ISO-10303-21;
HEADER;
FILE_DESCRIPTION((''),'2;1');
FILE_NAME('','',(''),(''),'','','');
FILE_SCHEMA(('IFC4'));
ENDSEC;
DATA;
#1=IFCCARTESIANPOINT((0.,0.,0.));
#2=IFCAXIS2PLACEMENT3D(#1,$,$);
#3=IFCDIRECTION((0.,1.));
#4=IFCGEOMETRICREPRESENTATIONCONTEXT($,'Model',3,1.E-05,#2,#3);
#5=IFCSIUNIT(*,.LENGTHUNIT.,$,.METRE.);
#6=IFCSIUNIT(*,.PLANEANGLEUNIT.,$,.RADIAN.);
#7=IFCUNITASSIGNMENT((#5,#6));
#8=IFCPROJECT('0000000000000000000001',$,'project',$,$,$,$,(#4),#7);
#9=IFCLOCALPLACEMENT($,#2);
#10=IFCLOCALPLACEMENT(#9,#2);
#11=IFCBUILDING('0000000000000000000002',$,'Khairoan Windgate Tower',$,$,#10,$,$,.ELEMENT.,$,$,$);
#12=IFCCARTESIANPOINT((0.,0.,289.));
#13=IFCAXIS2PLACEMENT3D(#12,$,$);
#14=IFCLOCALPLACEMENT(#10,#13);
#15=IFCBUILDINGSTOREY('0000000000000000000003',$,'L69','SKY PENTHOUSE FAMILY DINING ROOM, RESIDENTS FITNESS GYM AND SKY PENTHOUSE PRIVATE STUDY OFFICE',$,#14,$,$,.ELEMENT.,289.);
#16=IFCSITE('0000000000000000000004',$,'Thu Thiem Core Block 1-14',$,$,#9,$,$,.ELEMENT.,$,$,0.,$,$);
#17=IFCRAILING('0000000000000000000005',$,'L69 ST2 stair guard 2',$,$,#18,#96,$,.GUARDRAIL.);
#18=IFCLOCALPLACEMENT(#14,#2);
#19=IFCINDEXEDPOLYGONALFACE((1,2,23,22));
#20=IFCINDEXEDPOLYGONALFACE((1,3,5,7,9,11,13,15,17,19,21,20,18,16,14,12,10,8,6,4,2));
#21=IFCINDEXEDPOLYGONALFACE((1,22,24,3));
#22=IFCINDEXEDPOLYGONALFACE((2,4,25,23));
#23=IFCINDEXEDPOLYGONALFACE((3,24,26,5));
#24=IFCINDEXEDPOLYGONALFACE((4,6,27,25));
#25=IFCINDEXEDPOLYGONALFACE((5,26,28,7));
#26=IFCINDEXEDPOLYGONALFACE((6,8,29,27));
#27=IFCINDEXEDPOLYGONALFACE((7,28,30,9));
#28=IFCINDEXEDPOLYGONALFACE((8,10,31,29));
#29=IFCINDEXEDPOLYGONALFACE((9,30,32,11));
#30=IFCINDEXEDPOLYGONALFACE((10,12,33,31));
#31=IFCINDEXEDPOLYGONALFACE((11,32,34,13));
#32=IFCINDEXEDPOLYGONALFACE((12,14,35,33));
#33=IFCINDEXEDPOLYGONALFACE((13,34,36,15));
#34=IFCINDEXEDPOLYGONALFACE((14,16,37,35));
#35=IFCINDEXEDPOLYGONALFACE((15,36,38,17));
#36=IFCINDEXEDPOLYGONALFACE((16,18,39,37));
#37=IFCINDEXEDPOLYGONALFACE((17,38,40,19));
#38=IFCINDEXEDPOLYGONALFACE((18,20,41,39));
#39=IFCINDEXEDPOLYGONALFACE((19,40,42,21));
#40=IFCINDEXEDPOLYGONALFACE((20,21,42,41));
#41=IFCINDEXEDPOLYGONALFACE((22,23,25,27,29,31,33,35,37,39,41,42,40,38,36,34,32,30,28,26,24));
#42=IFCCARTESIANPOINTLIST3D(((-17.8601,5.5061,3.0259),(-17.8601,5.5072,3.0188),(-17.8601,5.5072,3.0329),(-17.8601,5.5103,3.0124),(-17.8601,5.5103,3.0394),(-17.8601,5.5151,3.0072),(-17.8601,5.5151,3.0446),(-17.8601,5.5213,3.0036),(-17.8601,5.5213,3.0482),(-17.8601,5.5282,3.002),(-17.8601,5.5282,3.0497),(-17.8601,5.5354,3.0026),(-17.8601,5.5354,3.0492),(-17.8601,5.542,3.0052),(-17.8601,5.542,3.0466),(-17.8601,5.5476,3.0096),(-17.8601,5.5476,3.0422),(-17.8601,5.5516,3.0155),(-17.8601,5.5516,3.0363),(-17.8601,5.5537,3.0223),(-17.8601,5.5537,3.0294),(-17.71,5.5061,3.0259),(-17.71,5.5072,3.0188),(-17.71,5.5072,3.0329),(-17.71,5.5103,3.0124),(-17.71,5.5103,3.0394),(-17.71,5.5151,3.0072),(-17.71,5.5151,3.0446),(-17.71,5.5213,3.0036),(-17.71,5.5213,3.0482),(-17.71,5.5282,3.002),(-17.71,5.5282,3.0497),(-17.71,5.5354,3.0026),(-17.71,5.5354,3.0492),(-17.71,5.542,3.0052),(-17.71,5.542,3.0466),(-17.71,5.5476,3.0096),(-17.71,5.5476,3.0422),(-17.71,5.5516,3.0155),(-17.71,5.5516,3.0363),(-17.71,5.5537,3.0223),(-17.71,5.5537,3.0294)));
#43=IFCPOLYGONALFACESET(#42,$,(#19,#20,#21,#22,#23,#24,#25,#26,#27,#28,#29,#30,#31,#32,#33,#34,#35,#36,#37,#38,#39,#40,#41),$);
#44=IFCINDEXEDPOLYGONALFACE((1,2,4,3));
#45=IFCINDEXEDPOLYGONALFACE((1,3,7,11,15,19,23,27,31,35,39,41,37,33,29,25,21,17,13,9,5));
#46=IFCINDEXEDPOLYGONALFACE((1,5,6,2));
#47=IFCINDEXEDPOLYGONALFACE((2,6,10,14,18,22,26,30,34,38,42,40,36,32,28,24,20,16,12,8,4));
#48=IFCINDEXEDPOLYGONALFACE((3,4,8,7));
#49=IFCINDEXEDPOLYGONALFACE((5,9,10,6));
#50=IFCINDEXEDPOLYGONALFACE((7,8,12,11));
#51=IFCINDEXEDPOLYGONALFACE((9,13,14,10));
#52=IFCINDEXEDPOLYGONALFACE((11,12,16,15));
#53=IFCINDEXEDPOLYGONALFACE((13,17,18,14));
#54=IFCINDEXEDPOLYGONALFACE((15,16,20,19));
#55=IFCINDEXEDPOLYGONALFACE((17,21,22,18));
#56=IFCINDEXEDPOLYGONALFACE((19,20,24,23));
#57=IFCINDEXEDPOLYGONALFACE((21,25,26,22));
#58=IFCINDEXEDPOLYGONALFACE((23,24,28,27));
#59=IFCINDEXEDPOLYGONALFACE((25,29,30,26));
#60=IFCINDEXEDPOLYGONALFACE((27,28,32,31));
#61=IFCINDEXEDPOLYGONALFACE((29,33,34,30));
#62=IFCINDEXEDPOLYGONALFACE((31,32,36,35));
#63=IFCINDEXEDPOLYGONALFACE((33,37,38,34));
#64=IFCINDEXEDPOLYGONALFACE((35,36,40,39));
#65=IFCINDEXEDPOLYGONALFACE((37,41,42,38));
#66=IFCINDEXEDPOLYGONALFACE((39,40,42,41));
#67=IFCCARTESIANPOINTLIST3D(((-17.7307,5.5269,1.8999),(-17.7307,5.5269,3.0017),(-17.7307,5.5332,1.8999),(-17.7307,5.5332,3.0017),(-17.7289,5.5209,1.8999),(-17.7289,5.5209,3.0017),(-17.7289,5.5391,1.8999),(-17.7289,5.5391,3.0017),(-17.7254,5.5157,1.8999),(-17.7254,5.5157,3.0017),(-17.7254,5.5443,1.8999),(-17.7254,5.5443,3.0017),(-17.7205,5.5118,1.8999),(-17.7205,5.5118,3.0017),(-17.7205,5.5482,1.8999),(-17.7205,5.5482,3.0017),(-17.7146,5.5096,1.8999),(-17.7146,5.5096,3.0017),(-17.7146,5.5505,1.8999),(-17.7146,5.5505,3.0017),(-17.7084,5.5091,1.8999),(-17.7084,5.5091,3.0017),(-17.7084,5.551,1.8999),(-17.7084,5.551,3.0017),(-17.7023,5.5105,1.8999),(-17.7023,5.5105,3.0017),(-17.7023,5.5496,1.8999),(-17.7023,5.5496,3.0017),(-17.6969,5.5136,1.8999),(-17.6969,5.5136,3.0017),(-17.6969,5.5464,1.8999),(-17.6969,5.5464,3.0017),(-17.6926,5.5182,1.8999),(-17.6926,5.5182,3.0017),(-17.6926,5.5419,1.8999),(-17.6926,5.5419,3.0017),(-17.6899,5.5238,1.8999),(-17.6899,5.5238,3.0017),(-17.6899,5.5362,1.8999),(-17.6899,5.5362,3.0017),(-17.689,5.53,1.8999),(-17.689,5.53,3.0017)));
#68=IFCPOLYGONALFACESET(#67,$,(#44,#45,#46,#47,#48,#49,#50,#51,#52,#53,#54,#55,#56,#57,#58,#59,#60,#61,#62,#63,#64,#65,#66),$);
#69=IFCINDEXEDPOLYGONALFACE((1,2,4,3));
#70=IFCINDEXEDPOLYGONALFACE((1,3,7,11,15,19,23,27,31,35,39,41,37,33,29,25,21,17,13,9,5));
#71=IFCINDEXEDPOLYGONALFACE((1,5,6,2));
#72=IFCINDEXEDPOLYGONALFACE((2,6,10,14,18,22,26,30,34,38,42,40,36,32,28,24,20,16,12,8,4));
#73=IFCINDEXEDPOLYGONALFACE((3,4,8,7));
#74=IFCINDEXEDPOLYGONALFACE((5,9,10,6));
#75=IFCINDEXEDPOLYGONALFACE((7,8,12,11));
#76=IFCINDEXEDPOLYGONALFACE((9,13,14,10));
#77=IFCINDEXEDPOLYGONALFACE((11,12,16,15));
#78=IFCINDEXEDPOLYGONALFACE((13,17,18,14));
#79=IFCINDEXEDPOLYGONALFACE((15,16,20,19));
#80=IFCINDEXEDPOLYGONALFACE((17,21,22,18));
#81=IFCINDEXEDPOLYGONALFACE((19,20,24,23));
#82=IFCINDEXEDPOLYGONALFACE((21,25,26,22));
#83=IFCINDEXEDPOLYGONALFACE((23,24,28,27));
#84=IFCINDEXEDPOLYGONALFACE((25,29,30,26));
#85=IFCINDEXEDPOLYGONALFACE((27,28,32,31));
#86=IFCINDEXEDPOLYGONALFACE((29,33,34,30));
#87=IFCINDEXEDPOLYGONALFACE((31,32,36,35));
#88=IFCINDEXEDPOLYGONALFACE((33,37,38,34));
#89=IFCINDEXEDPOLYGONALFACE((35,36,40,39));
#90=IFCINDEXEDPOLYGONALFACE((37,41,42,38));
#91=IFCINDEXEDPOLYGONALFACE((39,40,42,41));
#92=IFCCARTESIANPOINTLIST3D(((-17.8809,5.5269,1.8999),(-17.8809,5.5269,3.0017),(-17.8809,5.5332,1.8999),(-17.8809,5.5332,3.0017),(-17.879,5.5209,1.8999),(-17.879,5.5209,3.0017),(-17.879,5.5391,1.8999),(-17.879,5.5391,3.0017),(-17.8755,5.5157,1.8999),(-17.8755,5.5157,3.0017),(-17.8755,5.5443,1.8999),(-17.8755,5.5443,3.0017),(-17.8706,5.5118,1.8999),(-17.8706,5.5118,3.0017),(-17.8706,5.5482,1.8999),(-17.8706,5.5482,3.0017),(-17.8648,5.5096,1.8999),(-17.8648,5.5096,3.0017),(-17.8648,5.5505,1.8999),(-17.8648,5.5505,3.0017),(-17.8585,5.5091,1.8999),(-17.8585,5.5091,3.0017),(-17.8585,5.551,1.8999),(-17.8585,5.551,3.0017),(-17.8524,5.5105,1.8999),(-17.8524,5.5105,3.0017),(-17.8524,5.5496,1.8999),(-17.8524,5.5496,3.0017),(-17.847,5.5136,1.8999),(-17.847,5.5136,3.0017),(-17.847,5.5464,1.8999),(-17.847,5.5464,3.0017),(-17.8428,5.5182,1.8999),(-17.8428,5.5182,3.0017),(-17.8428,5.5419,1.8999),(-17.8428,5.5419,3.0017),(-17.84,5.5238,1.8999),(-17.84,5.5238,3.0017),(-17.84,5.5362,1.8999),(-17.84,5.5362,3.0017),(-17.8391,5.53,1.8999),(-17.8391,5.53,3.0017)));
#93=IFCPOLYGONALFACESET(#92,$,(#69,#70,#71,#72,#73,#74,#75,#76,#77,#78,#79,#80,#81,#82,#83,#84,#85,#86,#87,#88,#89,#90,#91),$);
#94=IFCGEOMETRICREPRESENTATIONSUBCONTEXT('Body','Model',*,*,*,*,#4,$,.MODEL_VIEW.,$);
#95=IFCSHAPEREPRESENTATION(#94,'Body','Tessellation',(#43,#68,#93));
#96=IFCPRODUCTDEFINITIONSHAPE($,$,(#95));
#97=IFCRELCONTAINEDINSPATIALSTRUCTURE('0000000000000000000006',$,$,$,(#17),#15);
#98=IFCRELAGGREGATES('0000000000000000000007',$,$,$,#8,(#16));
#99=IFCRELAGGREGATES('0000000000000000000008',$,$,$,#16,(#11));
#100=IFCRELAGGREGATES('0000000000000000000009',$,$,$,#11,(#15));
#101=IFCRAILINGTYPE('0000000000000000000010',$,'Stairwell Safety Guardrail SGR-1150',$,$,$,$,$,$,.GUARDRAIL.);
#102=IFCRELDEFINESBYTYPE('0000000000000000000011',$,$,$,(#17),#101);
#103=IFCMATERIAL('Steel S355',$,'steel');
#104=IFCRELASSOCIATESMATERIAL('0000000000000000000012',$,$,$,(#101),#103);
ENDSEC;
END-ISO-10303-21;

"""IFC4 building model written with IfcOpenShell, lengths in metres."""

from ifc_helpers import new_model, si_unit, direction, frame, origin, origin_2d, place, context, subcontext, project, spatial, circle, extrude, material, type_object, element, save


model = new_model("IFC4")

# Units and contexts
model_context = context("Model", 3, precision=1e-05, world=origin(), true_north=direction((0.0, 1.0)))
body_context = subcontext(model_context, "Body", "Model", "MODEL_VIEW")
ifc_project = project(units=[si_unit("LENGTHUNIT", "METRE"), si_unit("PLANEANGLEUNIT", "RADIAN")], contexts=[model_context])

# Site, building, storey
site_placement = place(None, origin())
site = spatial("IfcSite", under=ifc_project, at=site_placement, Name="Thu Thiem Core Block 1-14", CompositionType="ELEMENT", RefElevation=0.0)
building_placement = place(site_placement, origin())
building = spatial("IfcBuilding", under=site, at=building_placement, Name="Khairoan Windgate Tower", CompositionType="ELEMENT")
storey_placement = place(building_placement, frame((0.0, 0.0, 289.0)))
storey = spatial("IfcBuildingStorey", under=building, at=storey_placement, Name="L69", Description="SKY PENTHOUSE FAMILY DINING ROOM, RESIDENTS FITNESS GYM AND SKY PENTHOUSE PRIVATE STUDY OFFICE", CompositionType="ELEMENT", Elevation=289.0)

# Railing
ifc_material_1 = material(Name="Steel S355", Category="steel")
railing_type_1 = type_object("IfcRailingType", Name="Stairwell Safety Guardrail SGR-1150", PredefinedType="GUARDRAIL", material=ifc_material_1)
railing_1_placement = place(storey_placement, frame((-17.71, 5.53, 1.8999)))
element("IfcRailing", 1, at=railing_1_placement, inside=storey, type_object=railing_type_1, Name="L69 ST2 stair guard 2", PredefinedType="GUARDRAIL", context=body_context, shape_type="SweptSolid", body=[
    extrude(circle(Radius=0.0239, at=origin_2d()), frame((0.0, 0.0, 1.126), z_axis=(-1.0, 0.0, 0.0), x_axis=(0.0, -1.0, 0.0)), (0.0, 0.0, 1.0), 0.1501),
    extrude(circle(Radius=0.021, at=origin_2d()), origin(), (0.0, 0.0, 1.0), 1.1018),
    extrude(circle(Radius=0.021, at=origin_2d()), frame((-0.1501, 0.0, 0.0)), (0.0, 0.0, 1.0), 1.1018),
])

save(model, "model.ifc")
